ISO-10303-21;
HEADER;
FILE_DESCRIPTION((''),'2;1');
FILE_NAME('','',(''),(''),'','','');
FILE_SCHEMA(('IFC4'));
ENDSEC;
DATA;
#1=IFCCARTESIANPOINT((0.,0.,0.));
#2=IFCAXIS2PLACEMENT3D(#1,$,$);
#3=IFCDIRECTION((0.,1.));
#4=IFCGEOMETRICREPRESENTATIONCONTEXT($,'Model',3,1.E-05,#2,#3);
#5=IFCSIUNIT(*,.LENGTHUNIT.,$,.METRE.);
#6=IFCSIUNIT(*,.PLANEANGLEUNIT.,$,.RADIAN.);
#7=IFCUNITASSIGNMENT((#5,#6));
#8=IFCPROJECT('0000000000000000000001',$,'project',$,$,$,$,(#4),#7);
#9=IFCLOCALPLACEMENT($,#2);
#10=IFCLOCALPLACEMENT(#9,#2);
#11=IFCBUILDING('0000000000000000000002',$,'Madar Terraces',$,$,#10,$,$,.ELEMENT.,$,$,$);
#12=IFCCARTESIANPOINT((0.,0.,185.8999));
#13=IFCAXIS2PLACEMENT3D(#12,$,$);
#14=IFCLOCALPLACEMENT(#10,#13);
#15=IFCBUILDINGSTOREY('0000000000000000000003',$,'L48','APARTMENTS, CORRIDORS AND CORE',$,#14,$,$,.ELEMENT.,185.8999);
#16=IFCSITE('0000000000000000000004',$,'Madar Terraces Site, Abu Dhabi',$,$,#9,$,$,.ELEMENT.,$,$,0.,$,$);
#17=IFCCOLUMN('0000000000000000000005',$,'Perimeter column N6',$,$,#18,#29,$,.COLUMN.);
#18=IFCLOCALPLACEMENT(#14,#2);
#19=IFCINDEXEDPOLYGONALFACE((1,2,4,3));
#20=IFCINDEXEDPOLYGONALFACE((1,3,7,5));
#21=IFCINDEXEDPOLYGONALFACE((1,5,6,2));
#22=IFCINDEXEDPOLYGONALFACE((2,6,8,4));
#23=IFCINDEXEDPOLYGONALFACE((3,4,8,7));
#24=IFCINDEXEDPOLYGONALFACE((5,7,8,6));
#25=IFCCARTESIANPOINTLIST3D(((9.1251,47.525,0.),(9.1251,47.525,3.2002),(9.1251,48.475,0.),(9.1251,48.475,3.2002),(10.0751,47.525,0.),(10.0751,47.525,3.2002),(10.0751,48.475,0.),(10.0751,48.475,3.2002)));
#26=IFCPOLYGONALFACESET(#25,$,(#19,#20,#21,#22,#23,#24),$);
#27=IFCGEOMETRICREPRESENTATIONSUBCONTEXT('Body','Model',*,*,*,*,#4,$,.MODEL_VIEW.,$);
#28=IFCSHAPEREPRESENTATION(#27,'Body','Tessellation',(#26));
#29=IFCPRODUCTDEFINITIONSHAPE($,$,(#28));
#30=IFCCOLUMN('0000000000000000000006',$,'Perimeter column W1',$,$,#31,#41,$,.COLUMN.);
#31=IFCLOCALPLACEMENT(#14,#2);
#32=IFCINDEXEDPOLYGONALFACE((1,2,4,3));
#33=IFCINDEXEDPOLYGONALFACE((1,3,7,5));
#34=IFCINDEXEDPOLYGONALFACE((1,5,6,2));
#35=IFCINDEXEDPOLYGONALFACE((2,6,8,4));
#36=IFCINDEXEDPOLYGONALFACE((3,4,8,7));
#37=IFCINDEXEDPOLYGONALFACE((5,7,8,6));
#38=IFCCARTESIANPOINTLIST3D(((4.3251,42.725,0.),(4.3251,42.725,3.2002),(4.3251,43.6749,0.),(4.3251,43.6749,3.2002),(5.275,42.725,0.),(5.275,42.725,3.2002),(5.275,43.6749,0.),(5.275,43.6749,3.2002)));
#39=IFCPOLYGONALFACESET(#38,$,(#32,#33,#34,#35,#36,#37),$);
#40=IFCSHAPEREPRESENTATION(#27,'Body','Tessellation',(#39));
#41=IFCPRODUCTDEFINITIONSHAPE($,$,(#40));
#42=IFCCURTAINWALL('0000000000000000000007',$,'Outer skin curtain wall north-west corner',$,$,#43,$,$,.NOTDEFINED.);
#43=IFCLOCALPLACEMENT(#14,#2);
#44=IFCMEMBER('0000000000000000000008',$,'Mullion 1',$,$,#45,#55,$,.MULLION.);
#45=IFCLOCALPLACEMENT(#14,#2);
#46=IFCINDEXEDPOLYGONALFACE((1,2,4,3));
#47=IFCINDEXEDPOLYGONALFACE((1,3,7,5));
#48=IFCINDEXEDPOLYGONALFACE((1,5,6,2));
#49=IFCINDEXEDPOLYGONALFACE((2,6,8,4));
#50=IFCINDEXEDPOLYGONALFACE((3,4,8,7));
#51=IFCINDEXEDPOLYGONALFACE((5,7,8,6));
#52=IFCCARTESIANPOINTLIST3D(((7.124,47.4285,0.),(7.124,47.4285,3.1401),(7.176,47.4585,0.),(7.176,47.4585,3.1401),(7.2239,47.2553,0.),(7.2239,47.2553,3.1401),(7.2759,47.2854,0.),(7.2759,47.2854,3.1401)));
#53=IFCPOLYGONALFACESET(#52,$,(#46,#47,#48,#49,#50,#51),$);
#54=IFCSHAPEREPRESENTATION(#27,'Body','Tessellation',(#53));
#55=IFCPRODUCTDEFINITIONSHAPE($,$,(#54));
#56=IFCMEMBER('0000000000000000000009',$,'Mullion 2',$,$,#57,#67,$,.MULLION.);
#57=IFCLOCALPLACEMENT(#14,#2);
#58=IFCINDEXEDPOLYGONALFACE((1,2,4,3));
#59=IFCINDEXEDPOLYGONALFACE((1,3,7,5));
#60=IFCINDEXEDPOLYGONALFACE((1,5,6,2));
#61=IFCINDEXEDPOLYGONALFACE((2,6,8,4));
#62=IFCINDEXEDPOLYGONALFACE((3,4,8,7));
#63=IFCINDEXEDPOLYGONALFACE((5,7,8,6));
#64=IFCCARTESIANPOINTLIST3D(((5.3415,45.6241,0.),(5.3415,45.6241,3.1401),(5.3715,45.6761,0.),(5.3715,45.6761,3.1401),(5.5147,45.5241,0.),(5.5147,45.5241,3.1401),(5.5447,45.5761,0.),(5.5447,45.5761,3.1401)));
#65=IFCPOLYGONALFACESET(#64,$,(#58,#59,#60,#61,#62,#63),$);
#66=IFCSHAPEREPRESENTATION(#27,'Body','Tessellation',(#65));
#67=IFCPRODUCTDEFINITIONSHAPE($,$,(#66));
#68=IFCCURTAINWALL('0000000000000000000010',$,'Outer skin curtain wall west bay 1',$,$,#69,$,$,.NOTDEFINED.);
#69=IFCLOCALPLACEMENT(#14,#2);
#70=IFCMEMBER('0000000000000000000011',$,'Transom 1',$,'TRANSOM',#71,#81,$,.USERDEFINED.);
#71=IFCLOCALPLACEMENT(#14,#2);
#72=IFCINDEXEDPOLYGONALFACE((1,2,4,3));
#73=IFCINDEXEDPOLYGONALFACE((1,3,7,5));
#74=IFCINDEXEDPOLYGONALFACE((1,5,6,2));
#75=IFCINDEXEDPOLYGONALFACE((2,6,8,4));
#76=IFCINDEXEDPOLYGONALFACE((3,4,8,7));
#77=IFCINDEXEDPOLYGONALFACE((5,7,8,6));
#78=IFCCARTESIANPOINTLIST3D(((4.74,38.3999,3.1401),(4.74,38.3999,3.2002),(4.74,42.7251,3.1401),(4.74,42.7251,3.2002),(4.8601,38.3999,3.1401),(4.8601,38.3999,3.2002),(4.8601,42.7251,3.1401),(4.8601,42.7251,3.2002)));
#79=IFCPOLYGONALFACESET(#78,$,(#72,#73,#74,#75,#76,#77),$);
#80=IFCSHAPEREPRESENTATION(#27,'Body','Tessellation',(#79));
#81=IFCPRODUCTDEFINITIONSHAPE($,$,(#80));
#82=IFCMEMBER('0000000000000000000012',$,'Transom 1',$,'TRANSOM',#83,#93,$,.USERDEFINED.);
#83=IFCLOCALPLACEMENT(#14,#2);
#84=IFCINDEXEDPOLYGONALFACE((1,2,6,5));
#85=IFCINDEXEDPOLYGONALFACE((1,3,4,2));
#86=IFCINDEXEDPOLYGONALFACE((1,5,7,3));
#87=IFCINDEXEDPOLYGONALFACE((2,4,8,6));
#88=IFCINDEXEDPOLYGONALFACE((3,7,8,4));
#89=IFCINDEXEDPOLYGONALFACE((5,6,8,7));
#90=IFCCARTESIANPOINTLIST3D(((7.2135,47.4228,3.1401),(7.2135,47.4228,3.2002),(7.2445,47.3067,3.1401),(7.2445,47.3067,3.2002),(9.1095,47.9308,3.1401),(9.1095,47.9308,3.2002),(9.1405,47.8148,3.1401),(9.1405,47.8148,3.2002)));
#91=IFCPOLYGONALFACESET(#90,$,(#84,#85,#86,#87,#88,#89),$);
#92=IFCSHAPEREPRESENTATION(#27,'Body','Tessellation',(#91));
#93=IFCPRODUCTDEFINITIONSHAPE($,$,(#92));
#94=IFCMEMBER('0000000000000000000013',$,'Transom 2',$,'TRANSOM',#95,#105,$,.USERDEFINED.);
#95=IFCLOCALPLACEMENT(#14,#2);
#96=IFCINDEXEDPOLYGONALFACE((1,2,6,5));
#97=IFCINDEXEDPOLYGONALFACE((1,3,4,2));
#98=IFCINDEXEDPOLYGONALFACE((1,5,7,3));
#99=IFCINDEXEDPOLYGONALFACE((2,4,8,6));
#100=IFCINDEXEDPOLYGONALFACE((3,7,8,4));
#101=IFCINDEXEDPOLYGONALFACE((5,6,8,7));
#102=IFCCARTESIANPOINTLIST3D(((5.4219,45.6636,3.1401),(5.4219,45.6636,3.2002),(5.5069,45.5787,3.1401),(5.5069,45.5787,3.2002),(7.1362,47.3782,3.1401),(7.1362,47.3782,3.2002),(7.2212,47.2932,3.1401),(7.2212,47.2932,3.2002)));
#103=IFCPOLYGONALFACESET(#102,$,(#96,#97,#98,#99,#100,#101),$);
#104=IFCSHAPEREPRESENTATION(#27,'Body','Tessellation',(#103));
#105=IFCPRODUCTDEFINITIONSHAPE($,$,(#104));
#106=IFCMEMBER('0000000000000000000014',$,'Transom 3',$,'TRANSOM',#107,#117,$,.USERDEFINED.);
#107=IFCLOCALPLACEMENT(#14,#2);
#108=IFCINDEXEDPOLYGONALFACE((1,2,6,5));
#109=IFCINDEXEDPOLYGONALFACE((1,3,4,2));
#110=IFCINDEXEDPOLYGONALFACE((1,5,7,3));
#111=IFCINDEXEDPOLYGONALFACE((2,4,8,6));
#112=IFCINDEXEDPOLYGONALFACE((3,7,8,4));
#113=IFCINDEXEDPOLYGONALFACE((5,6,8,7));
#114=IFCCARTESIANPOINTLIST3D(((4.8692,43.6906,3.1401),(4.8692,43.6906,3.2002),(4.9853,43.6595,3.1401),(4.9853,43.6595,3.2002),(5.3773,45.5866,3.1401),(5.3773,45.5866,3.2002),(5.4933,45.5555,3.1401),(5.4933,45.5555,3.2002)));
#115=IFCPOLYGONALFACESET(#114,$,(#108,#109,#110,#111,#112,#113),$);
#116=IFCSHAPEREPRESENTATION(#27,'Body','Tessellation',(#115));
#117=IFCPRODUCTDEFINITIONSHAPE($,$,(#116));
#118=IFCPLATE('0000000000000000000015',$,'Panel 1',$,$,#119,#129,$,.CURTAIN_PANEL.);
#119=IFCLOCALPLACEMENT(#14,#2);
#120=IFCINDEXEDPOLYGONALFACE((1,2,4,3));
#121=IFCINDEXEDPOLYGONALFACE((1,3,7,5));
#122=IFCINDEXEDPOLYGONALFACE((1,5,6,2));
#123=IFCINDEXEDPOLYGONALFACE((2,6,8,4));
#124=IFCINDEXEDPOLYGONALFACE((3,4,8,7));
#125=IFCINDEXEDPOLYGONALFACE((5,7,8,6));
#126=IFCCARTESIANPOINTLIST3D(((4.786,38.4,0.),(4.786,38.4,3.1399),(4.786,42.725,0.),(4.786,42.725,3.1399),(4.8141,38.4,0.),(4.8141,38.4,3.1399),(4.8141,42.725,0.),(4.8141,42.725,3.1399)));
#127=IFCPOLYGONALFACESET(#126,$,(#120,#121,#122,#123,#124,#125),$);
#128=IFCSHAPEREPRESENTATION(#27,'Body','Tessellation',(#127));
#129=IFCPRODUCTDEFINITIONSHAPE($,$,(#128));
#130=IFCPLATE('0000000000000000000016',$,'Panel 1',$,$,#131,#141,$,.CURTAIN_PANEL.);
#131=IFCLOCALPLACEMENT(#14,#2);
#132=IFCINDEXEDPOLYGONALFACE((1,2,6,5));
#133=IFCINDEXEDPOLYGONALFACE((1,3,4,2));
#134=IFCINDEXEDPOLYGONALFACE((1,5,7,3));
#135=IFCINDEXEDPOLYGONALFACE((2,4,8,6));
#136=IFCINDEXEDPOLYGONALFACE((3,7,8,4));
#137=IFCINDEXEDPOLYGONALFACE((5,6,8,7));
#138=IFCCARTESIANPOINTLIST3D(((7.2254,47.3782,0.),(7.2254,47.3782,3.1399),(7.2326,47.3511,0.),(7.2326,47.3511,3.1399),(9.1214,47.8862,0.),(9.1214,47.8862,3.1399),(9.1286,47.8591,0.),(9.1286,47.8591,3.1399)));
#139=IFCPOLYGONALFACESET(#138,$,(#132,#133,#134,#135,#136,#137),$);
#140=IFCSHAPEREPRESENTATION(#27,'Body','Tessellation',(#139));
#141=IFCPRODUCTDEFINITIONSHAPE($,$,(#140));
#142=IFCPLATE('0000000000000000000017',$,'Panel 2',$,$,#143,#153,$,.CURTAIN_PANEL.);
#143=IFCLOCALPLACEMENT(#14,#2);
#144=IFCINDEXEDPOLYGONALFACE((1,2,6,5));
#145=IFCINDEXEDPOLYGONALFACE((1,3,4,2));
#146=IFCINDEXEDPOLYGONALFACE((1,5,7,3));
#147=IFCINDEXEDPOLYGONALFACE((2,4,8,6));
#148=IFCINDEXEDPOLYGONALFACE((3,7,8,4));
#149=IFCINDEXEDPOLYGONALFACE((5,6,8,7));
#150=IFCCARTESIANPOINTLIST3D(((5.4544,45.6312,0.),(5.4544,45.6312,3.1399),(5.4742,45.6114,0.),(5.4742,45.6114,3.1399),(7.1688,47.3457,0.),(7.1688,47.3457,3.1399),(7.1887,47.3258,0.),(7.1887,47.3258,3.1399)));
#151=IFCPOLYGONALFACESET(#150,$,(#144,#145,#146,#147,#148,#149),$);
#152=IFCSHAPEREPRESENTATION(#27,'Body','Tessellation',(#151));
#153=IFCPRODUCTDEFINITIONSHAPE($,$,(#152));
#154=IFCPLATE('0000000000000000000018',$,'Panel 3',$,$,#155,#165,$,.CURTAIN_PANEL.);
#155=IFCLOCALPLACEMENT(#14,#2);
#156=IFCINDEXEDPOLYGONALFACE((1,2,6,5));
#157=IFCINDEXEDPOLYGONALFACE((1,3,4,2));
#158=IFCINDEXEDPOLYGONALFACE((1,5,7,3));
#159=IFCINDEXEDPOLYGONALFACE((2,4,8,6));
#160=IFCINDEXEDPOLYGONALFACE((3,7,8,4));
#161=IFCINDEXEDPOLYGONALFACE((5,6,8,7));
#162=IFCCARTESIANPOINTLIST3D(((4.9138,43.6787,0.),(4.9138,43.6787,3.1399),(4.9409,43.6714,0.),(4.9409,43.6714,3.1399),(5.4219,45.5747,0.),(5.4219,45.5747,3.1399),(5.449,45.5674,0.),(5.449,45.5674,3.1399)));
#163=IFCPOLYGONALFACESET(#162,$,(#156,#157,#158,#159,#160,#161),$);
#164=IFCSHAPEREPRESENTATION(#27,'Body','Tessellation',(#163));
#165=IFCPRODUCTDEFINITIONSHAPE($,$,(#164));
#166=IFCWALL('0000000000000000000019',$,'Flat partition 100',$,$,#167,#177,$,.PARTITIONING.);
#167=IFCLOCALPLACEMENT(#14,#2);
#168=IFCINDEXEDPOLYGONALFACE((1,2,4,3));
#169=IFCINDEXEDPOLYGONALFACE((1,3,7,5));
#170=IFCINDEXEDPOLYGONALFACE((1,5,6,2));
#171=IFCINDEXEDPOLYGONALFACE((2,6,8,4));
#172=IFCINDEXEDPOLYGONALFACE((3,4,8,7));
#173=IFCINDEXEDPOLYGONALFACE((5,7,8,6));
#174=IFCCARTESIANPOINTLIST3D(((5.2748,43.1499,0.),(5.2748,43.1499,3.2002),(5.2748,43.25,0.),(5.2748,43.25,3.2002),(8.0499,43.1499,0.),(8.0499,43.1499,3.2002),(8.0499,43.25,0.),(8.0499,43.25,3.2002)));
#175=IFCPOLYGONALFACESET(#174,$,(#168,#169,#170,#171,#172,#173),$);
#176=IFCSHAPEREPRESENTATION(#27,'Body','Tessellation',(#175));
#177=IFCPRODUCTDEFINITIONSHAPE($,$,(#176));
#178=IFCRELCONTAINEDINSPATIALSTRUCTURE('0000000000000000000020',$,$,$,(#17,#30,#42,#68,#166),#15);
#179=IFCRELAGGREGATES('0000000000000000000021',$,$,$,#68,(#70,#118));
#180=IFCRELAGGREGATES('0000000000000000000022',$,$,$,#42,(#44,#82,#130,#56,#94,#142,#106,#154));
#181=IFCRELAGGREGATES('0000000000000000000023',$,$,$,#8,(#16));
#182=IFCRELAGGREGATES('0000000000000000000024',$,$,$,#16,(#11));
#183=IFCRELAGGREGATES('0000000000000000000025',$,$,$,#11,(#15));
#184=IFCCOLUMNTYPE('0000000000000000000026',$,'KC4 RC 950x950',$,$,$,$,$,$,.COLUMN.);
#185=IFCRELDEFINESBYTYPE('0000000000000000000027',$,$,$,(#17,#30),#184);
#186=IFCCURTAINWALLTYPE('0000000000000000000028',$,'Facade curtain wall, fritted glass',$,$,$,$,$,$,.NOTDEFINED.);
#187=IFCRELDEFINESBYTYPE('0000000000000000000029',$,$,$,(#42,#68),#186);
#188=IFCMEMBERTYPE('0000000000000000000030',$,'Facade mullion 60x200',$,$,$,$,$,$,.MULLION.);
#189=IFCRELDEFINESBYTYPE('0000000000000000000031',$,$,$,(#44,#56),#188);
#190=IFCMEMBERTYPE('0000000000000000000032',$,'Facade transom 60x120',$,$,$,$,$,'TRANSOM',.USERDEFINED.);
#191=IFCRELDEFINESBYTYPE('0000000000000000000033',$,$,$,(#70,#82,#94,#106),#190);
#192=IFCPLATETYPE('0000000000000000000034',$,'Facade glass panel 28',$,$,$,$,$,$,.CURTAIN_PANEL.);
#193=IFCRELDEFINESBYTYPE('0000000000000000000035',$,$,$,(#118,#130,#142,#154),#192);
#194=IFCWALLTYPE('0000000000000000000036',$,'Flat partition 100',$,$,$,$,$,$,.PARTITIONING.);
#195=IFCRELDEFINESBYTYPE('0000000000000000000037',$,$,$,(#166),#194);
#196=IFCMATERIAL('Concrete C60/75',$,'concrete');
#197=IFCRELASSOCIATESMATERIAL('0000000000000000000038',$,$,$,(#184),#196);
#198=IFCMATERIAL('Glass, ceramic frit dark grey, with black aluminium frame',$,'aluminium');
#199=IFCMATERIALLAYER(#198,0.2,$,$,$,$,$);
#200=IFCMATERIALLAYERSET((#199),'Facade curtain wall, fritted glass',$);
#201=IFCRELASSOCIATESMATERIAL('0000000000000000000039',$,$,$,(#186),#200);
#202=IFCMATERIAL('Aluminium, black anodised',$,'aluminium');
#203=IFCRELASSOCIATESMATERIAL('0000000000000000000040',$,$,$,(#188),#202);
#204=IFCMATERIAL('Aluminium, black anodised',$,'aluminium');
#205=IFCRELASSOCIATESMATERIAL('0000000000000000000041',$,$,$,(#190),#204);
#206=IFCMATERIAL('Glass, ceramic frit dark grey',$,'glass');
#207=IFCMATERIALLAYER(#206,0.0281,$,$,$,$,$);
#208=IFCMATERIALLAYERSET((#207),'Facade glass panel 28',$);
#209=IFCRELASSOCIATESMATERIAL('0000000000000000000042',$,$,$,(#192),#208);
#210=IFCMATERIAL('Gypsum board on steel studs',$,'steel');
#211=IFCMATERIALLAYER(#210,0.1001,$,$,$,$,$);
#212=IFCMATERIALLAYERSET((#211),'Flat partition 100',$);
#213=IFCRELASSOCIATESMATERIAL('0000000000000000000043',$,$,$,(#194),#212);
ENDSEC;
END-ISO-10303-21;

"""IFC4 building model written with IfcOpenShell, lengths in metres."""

from ifc_helpers import new_model, si_unit, direction, frame, frame_2d, origin, origin_2d, place, context, subcontext, project, spatial, rectangle, extrude, material, layer, layer_set, material_profile, profile_set, type_object, element, aggregate, save


model = new_model("IFC4")

# Units and contexts
model_context = context("Model", 3, precision=1e-05, world=origin(), true_north=direction((0.0, 1.0)))
body_context = subcontext(model_context, "Body", "Model", "MODEL_VIEW")
ifc_project = project(units=[si_unit("LENGTHUNIT", "METRE"), si_unit("PLANEANGLEUNIT", "RADIAN")], contexts=[model_context])

# Site, building, storey
site_placement = place(None, origin())
site = spatial("IfcSite", under=ifc_project, at=site_placement, Name="Madar Terraces Site, Abu Dhabi", CompositionType="ELEMENT", RefElevation=0.0)
building_placement = place(site_placement, origin())
building = spatial("IfcBuilding", under=site, at=building_placement, Name="Madar Terraces", CompositionType="ELEMENT")
storey_placement = place(building_placement, frame((0.0, 0.0, 185.8999)))
storey = spatial("IfcBuildingStorey", under=building, at=storey_placement, Name="L48", Description="APARTMENTS, CORRIDORS AND CORE", CompositionType="ELEMENT", Elevation=185.8999)

# Columns
ifc_material_1 = material(Name="Concrete C60/75", Category="concrete")
ifc_material_profile_1 = material_profile(ifc_material_1, rectangle(XDim=0.95, YDim=0.95, at=origin_2d()), Name="KC4 RC 950x950")
ifc_profile_set_1 = profile_set([ifc_material_profile_1], Name="Concrete C60/75")
column_type = type_object("IfcColumnType", Name="KC4 RC 950x950", PredefinedType="COLUMN", material=ifc_profile_set_1)
for number, where, z_axis, x_axis, name in (
    (1, (9.6001, 48.0, 0.0), (0.0, 0.0, 1.0), (1.0, 0.0, 0.0), "Perimeter column N6"),
    (2, (4.8, 43.2, 0.0), (0.0, 0.0, 1.0), (1.0, 0.0, 0.0), "Perimeter column W1"),
):
    element("IfcColumn", number, at=place(storey_placement, frame(where, z_axis=z_axis, x_axis=x_axis)), inside=storey, type_object=column_type, Name=name, PredefinedType="COLUMN", context=body_context, shape_type="SweptSolid", body=[
        extrude(rectangle(XDim=0.95, YDim=0.95, at=origin_2d()), origin(), (0.0, 0.0, 1.0), 3.2002),
    ])

# Curtain wall, members
ifc_material_2 = material(Name="Glass, ceramic frit dark grey, with black aluminium frame", Category="aluminium")
ifc_layer_1 = layer(ifc_material_2, 0.2)
ifc_layer_set_1 = layer_set([ifc_layer_1], Name="Facade curtain wall, fritted glass")
curtain_wall_type = type_object("IfcCurtainWallType", Name="Facade curtain wall, fritted glass", PredefinedType="NOTDEFINED", material=ifc_layer_set_1)
curtain_wall_1_placement = place(storey_placement, origin())
curtain_wall_1 = element("IfcCurtainWall", 3, at=curtain_wall_1_placement, inside=storey, type_object=curtain_wall_type, Name="Outer skin curtain wall north-west corner", PredefinedType="NOTDEFINED")
ifc_material_3 = material(Name="Aluminium, black anodised", Category="aluminium")
ifc_material_profile_2 = material_profile(ifc_material_3, rectangle(XDim=0.2, YDim=0.0601, at=origin_2d()), Name="Facade mullion 60x200")
ifc_profile_set_2 = profile_set([ifc_material_profile_2], Name="Aluminium, black anodised")
member_type_1 = type_object("IfcMemberType", Name="Facade mullion 60x200", PredefinedType="MULLION", material=ifc_profile_set_2)
member_1_placement = place(storey_placement, frame((7.2, 47.3569, 0.0), z_axis=(0.0, 0.0, 1.0), x_axis=(0.5, -0.866025, 0.0)))
member_1 = element("IfcMember", 4, at=member_1_placement, type_object=member_type_1, Name="Mullion 1", PredefinedType="MULLION", context=body_context, shape_type="SweptSolid", body=[
    extrude(rectangle(XDim=0.2, YDim=0.0601, at=origin_2d()), origin(), (0.0, 0.0, 1.0), 3.1401),
])
member_2_placement = place(storey_placement, frame((5.4431, 45.6001, 0.0), z_axis=(0.0, 0.0, 1.0), x_axis=(0.866025, -0.5, 0.0)))
member_2 = element("IfcMember", 5, at=member_2_placement, type_object=member_type_1, Name="Mullion 2", PredefinedType="MULLION", context=body_context, shape_type="SweptSolid", body=[
    extrude(rectangle(XDim=0.2, YDim=0.0601, at=origin_2d()), origin(), (0.0, 0.0, 1.0), 3.1401),
])

# Curtain wall, member
curtain_wall_2_placement = place(storey_placement, origin())
curtain_wall_2 = element("IfcCurtainWall", 6, at=curtain_wall_2_placement, inside=storey, type_object=curtain_wall_type, Name="Outer skin curtain wall west bay 1", PredefinedType="NOTDEFINED")
ifc_material_4 = material(Name="Aluminium, black anodised", Category="aluminium")
ifc_material_profile_3 = material_profile(ifc_material_4, rectangle(XDim=0.1201, YDim=0.0601, at=origin_2d()), Name="Facade transom 60x120")
ifc_profile_set_3 = profile_set([ifc_material_profile_3], Name="Aluminium, black anodised")
member_type_2 = type_object("IfcMemberType", Name="Facade transom 60x120", ElementType="TRANSOM", PredefinedType="USERDEFINED", material=ifc_profile_set_3)
member_3_placement = place(storey_placement, frame((4.8, 42.7251, 3.1702), z_axis=(0.0, -1.0, 0.0), x_axis=(1.0, 0.0, 0.0)))
member_3 = element("IfcMember", 7, at=member_3_placement, type_object=member_type_2, Name="Transom 1", ObjectType="TRANSOM", PredefinedType="USERDEFINED", context=body_context, shape_type="SweptSolid", body=[
    extrude(rectangle(XDim=0.1201, YDim=0.0601, at=origin_2d()), origin(), (0.0, 0.0, 1.0), 4.3252),
])

# Members
member_4_placement = place(storey_placement, frame((9.125, 47.8728, 3.1702), z_axis=(-0.965923, -0.258831, 0.0), x_axis=(0.258831, -0.965923, 0.0)))
member_4 = element("IfcMember", 8, at=member_4_placement, type_object=member_type_2, Name="Transom 1", ObjectType="TRANSOM", PredefinedType="USERDEFINED", context=body_context, shape_type="SweptSolid", body=[
    extrude(rectangle(XDim=0.1201, YDim=0.0601, at=origin_2d()), origin(), (0.0, 0.0, 1.0), 1.9629),
])
member_5_placement = place(storey_placement, frame((7.1787, 47.3357, 3.1702), z_axis=(-0.707056, -0.707157, 0.0), x_axis=(0.707157, -0.707056, 0.0)))
member_5 = element("IfcMember", 9, at=member_5_placement, type_object=member_type_2, Name="Transom 2", ObjectType="TRANSOM", PredefinedType="USERDEFINED", context=body_context, shape_type="SweptSolid", body=[
    extrude(rectangle(XDim=0.1201, YDim=0.0601, at=origin_2d()), origin(), (0.0, 0.0, 1.0), 2.4246),
])
member_6_placement = place(storey_placement, frame((5.4353, 45.571, 3.1702), z_axis=(-0.258831, -0.965923, 0.0), x_axis=(0.965923, -0.258831, 0.0)))
member_6 = element("IfcMember", 10, at=member_6_placement, type_object=member_type_2, Name="Transom 3", ObjectType="TRANSOM", PredefinedType="USERDEFINED", context=body_context, shape_type="SweptSolid", body=[
    extrude(rectangle(XDim=0.1201, YDim=0.0601, at=origin_2d()), origin(), (0.0, 0.0, 1.0), 1.9629),
])

# Plates
ifc_material_5 = material(Name="Glass, ceramic frit dark grey", Category="glass")
ifc_layer_2 = layer(ifc_material_5, 0.0281)
ifc_layer_set_2 = layer_set([ifc_layer_2], Name="Facade glass panel 28")
plate_type = type_object("IfcPlateType", Name="Facade glass panel 28", PredefinedType="CURTAIN_PANEL", material=ifc_layer_set_2)
plate_1_placement = place(storey_placement, frame((4.8, 40.5625, 0.0), z_axis=(0.0, 0.0, 1.0), x_axis=(0.0, -1.0, 0.0)))
plate_1 = element("IfcPlate", 11, at=plate_1_placement, type_object=plate_type, Name="Panel 1", PredefinedType="CURTAIN_PANEL", context=body_context, shape_type="SweptSolid", body=[
    extrude(rectangle(XDim=4.325, YDim=0.0281, at=origin_2d()), origin(), (0.0, 0.0, 1.0), 3.1399),
])
aggregate(curtain_wall_2, [member_3, plate_1])
plate_2_placement = place(storey_placement, frame((8.177, 47.6187, 0.0), z_axis=(0.0, 0.0, 1.0), x_axis=(-0.965926, -0.258819, 0.0)))
plate_2 = element("IfcPlate", 12, at=plate_2_placement, type_object=plate_type, Name="Panel 1", PredefinedType="CURTAIN_PANEL", context=body_context, shape_type="SweptSolid", body=[
    extrude(rectangle(XDim=1.9629, YDim=0.0281, at=origin_2d()), origin(), (0.0, 0.0, 1.0), 3.1399),
])
plate_3_placement = place(storey_placement, frame((6.3215, 46.4785, 0.0), z_axis=(0.0, 0.0, 1.0), x_axis=(-0.707107, -0.707107, 0.0)))
plate_3 = element("IfcPlate", 13, at=plate_3_placement, type_object=plate_type, Name="Panel 2", PredefinedType="CURTAIN_PANEL", context=body_context, shape_type="SweptSolid", body=[
    extrude(rectangle(XDim=2.4246, YDim=0.0281, at=origin_2d()), origin(), (0.0, 0.0, 1.0), 3.1399),
])
plate_4_placement = place(storey_placement, frame((5.1814, 44.623, 0.0), z_axis=(0.0, 0.0, 1.0), x_axis=(-0.258819, -0.965926, 0.0)))
plate_4 = element("IfcPlate", 14, at=plate_4_placement, type_object=plate_type, Name="Panel 3", PredefinedType="CURTAIN_PANEL", context=body_context, shape_type="SweptSolid", body=[
    extrude(rectangle(XDim=1.9629, YDim=0.0281, at=origin_2d()), origin(), (0.0, 0.0, 1.0), 3.1399),
])
aggregate(curtain_wall_1, [member_1, member_4, plate_2, member_2, member_5, plate_3, member_6, plate_4])

# Wall
ifc_material_6 = material(Name="Gypsum board on steel studs", Category="steel")
ifc_layer_3 = layer(ifc_material_6, 0.1001)
ifc_layer_set_3 = layer_set([ifc_layer_3], Name="Flat partition 100")
wall_type_1 = type_object("IfcWallType", Name="Flat partition 100", PredefinedType="PARTITIONING", material=ifc_layer_set_3)
wall_1_placement = place(storey_placement, frame((8.05, 43.2, 0.0), z_axis=(0.0, 0.0, 1.0), x_axis=(-1.0, 0.0, 0.0)))
element("IfcWall", 15, at=wall_1_placement, inside=storey, type_object=wall_type_1, Name="Flat partition 100", PredefinedType="PARTITIONING", context=body_context, shape_type="SweptSolid", body=[
    extrude(rectangle(XDim=2.7751, YDim=0.1001, at=frame_2d((1.3877, 0.0))), origin(), (0.0, 0.0, 1.0), 3.2002),
])

save(model, "model.ifc")
